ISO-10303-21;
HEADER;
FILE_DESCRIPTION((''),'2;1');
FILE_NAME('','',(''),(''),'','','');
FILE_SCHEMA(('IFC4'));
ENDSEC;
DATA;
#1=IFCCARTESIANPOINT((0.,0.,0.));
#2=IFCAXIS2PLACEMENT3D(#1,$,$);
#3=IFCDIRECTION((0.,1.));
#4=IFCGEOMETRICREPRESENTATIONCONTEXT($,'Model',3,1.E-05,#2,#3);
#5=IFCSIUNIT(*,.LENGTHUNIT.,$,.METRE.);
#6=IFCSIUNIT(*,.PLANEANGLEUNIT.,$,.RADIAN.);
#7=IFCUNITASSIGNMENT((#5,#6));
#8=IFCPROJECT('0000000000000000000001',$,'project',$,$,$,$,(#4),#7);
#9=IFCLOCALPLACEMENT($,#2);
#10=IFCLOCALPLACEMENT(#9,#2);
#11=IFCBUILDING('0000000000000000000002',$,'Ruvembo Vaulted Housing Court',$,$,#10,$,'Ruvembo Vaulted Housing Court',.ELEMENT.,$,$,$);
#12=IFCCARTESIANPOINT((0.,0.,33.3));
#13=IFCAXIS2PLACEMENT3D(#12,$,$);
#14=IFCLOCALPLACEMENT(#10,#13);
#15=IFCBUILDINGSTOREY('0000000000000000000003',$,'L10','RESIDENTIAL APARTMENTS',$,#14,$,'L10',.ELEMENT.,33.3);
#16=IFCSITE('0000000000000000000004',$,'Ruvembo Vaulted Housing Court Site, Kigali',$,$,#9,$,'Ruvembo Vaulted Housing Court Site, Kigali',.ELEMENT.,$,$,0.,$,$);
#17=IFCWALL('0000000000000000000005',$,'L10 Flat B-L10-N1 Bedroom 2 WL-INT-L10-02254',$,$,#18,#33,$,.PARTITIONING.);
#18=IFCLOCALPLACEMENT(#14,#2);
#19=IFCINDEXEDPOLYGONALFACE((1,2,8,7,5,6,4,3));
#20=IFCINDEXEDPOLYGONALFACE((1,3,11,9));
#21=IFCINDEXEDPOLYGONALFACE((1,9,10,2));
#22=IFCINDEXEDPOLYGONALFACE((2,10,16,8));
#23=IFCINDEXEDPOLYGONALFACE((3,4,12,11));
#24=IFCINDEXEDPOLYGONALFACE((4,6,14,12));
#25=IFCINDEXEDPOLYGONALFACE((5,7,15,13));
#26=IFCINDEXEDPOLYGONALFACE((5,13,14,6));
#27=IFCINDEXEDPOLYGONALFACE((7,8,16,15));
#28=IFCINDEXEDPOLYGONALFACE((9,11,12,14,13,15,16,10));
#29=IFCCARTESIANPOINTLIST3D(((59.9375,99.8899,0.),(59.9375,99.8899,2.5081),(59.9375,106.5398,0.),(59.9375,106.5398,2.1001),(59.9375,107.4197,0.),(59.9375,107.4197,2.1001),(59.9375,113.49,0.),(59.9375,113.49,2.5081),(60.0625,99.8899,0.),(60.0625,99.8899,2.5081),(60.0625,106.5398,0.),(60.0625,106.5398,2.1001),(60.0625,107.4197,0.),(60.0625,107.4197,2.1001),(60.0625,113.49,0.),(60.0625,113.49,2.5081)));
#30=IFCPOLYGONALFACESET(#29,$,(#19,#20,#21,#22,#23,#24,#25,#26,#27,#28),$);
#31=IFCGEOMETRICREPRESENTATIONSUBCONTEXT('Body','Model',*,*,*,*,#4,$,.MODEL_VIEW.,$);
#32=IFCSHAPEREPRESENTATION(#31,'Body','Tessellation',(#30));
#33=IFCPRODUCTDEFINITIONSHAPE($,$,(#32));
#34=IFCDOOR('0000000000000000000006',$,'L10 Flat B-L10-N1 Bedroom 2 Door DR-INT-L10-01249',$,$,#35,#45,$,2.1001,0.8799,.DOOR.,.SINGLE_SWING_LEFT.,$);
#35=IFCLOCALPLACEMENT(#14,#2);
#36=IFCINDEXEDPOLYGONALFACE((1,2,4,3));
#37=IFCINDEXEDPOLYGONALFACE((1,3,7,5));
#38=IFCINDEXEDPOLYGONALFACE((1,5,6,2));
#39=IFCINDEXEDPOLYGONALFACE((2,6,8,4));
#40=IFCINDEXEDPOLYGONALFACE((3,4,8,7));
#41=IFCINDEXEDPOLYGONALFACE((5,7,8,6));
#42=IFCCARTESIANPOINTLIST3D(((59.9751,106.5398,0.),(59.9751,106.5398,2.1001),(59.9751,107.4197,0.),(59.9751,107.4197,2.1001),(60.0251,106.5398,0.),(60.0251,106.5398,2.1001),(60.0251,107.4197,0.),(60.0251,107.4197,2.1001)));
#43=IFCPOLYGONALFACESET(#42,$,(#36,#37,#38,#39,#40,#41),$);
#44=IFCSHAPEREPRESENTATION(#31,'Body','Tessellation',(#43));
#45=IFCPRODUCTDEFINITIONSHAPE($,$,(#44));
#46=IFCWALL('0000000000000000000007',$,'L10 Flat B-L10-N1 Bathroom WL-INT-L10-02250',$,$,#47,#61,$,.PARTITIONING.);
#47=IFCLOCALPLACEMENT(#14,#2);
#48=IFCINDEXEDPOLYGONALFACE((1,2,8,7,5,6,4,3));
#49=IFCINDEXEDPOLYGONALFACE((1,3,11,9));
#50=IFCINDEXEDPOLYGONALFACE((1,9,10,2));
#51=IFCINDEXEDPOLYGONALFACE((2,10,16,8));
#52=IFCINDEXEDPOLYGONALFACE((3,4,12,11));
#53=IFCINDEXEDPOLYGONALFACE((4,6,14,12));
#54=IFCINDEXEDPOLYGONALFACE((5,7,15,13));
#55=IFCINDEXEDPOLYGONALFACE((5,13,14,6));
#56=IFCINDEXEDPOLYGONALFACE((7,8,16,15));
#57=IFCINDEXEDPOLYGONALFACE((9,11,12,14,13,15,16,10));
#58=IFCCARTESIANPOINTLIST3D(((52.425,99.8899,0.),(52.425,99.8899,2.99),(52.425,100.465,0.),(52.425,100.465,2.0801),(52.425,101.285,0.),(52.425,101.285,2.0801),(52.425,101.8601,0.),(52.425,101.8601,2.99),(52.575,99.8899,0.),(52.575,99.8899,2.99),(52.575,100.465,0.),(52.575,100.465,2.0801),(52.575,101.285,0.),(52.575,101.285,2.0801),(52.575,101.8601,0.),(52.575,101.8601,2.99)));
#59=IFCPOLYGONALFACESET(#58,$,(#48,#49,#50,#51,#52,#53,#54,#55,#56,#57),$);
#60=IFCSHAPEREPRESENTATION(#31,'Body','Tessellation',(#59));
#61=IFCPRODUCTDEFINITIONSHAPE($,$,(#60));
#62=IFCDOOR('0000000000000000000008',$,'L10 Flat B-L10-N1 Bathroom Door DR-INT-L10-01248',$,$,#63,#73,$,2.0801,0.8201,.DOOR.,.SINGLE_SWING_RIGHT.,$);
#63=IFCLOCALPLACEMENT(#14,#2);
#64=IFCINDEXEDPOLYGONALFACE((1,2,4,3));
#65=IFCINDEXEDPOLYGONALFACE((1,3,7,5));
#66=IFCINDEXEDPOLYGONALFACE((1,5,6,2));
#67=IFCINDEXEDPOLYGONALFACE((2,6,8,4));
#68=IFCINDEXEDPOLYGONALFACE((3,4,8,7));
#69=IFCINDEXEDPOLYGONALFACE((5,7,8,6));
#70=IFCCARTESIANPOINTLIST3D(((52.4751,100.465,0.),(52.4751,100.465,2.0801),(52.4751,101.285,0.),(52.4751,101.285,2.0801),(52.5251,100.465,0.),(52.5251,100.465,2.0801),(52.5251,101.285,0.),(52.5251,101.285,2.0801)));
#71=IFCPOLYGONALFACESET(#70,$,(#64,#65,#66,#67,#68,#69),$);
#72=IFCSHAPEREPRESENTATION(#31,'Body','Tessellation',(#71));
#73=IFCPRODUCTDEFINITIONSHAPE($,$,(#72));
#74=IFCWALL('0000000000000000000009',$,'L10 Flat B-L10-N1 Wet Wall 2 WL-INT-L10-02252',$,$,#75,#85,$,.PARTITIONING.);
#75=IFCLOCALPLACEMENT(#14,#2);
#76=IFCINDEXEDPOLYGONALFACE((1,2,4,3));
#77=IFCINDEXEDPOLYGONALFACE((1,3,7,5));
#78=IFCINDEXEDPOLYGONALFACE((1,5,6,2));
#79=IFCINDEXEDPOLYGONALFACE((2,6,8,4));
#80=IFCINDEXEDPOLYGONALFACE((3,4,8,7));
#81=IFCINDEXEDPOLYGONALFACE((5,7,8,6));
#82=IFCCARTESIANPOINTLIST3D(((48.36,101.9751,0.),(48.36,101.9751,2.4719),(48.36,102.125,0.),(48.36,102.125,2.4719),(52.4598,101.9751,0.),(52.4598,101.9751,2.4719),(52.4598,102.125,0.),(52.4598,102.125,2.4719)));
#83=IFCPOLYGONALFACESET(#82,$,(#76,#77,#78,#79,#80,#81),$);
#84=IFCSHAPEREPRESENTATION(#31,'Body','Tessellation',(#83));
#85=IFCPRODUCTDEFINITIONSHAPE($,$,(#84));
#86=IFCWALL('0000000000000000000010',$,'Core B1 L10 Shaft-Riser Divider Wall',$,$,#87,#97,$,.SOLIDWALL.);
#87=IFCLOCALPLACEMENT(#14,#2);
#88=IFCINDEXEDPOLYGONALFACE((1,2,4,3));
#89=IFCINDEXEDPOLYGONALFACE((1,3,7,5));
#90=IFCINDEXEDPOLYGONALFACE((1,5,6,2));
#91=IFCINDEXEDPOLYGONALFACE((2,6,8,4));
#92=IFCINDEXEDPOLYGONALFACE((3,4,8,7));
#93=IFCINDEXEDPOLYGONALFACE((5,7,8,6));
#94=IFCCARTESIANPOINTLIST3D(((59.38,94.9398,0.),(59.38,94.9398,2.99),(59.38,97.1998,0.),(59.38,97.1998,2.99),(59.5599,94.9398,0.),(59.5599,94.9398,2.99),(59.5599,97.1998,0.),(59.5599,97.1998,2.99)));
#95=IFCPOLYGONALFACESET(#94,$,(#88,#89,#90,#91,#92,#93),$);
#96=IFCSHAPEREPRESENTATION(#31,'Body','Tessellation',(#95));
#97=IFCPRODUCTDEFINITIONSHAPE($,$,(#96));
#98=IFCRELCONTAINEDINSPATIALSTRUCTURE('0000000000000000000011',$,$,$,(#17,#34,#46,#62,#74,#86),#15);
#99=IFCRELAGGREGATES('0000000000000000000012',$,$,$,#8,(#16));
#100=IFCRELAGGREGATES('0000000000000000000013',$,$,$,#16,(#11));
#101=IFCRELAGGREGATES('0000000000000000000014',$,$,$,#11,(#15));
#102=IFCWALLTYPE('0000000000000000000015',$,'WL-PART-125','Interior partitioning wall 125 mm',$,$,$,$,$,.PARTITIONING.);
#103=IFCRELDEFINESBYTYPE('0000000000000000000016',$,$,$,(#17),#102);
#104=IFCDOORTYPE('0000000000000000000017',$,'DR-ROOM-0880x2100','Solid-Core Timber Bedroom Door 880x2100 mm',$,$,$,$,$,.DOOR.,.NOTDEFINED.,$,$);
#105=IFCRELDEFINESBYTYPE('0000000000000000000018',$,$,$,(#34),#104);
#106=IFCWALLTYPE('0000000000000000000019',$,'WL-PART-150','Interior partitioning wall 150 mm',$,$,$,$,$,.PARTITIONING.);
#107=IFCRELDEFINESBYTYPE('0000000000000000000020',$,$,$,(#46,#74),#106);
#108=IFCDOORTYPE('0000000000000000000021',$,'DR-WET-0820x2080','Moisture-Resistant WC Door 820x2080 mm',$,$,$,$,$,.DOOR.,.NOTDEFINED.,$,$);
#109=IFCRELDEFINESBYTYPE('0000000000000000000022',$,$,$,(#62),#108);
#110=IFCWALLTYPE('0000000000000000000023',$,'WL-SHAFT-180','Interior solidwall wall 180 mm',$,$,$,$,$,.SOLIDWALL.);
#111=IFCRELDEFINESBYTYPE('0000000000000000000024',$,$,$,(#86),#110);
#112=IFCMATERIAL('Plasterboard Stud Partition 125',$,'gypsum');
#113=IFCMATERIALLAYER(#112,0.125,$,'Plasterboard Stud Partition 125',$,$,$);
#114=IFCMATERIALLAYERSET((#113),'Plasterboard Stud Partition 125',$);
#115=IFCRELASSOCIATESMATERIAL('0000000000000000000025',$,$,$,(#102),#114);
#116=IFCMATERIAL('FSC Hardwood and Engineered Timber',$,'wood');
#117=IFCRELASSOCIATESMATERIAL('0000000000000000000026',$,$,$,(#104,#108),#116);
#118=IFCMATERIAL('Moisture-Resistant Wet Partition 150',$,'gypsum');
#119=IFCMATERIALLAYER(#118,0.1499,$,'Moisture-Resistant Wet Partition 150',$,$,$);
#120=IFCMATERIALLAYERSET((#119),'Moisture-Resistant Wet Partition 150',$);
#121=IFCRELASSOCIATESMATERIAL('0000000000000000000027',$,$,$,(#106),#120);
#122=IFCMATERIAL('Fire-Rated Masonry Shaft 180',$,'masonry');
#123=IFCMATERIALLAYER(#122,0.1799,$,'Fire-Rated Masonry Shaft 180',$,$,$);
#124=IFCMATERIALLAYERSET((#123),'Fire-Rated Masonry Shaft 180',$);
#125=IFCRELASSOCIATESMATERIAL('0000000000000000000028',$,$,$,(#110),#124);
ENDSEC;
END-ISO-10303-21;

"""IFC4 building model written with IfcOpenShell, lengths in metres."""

from ifc_helpers import new_model, si_unit, direction, frame, frame_2d, origin, place, context, subcontext, project, spatial, rectangle, extrude, material, layer, layer_set, type_object, element, fill, save


model = new_model("IFC4")

# Units and contexts
model_context = context("Model", 3, precision=1e-05, world=origin(), true_north=direction((0.0, 1.0)))
body_context = subcontext(model_context, "Body", "Model", "MODEL_VIEW")
ifc_project = project(units=[si_unit("LENGTHUNIT", "METRE"), si_unit("PLANEANGLEUNIT", "RADIAN")], contexts=[model_context])

# Site, building, storey
site_placement = place(None, origin())
site = spatial("IfcSite", under=ifc_project, at=site_placement, Name="Ruvembo Vaulted Housing Court Site, Kigali", LongName="Ruvembo Vaulted Housing Court Site, Kigali", CompositionType="ELEMENT", RefElevation=0.0)
building_placement = place(site_placement, origin())
building = spatial("IfcBuilding", under=site, at=building_placement, Name="Ruvembo Vaulted Housing Court", LongName="Ruvembo Vaulted Housing Court", CompositionType="ELEMENT")
storey_placement = place(building_placement, frame((0.0, 0.0, 33.3)))
storey = spatial("IfcBuildingStorey", under=building, at=storey_placement, Name="L10", Description="RESIDENTIAL APARTMENTS", LongName="L10", CompositionType="ELEMENT", Elevation=33.3)

# Shared definitions
ifc_material_1 = material(Name="FSC Hardwood and Engineered Timber", Category="wood")

# Walls, openings, doors
ifc_material_2 = material(Name="Plasterboard Stud Partition 125", Category="gypsum")
ifc_layer_1 = layer(ifc_material_2, 0.125, Name="Plasterboard Stud Partition 125")
ifc_layer_set_1 = layer_set([ifc_layer_1], Name="Plasterboard Stud Partition 125")
wall_type_1 = type_object("IfcWallType", Name="WL-PART-125", Description="Interior partitioning wall 125 mm", PredefinedType="PARTITIONING", material=ifc_layer_set_1)
wall_1_placement = place(storey_placement, frame((60.0, 99.8899, 0.0), z_axis=(0.0, 0.0, 1.0), x_axis=(0.0, 1.0, 0.0)))
wall_1 = element("IfcWall", 1, at=wall_1_placement, inside=storey, type_object=wall_type_1, Name="L10 Flat B-L10-N1 Bedroom 2 WL-INT-L10-02254", PredefinedType="PARTITIONING", context=body_context, shape_type="SweptSolid", body=[
    extrude(rectangle(XDim=13.6001, YDim=0.125, at=frame_2d((6.8, 0.0))), origin(), (0.0, 0.0, 1.0), 2.5081),
])
opening_1_placement = place(wall_1_placement, frame((6.6499, 0.0, 0.0)))
opening_1 = element("IfcOpeningElement", 2, at=opening_1_placement, cuts=wall_1, PredefinedType="OPENING", context=body_context, shape_type="SweptSolid", body=[
    extrude(rectangle(XDim=0.8799, YDim=2.1001, at=frame_2d((0.4399, 1.05))), frame((0.0, 0.0725, 0.0), z_axis=(0.0, -1.0, 0.0), x_axis=(1.0, 0.0, 0.0)), (0.0, 0.0, 1.0), 0.145),
])
door_type_1 = type_object("IfcDoorType", Name="DR-ROOM-0880x2100", Description="Solid-Core Timber Bedroom Door 880x2100 mm", OperationType="NOTDEFINED", PredefinedType="DOOR", material=ifc_material_1)
door_1_placement = place(opening_1_placement, origin())
door_1 = element("IfcDoor", 3, at=door_1_placement, inside=storey, type_object=door_type_1, Name="L10 Flat B-L10-N1 Bedroom 2 Door DR-INT-L10-01249", OperationType="SINGLE_SWING_LEFT", OverallHeight=2.1001, OverallWidth=0.8799, PredefinedType="DOOR", context=body_context, shape_type="SweptSolid", body=[
    extrude(rectangle(XDim=0.8799, YDim=2.1001, at=frame_2d((0.4399, 1.05))), frame((0.0, 0.0249, 0.0), z_axis=(0.0, -1.0, 0.0), x_axis=(1.0, 0.0, 0.0)), (0.0, 0.0, 1.0), 0.05),
])
fill(opening_1, door_1)
ifc_material_3 = material(Name="Moisture-Resistant Wet Partition 150", Category="gypsum")
ifc_layer_2 = layer(ifc_material_3, 0.1499, Name="Moisture-Resistant Wet Partition 150")
ifc_layer_set_2 = layer_set([ifc_layer_2], Name="Moisture-Resistant Wet Partition 150")
wall_type_2 = type_object("IfcWallType", Name="WL-PART-150", Description="Interior partitioning wall 150 mm", PredefinedType="PARTITIONING", material=ifc_layer_set_2)
wall_2_placement = place(storey_placement, frame((52.5, 99.8899, 0.0), z_axis=(0.0, 0.0, 1.0), x_axis=(0.0, 1.0, 0.0)))
wall_2 = element("IfcWall", 4, at=wall_2_placement, inside=storey, type_object=wall_type_2, Name="L10 Flat B-L10-N1 Bathroom WL-INT-L10-02250", PredefinedType="PARTITIONING", context=body_context, shape_type="SweptSolid", body=[
    extrude(rectangle(XDim=1.9702, YDim=0.1499, at=frame_2d((0.9851, 0.0))), origin(), (0.0, 0.0, 1.0), 2.99),
])
opening_2_placement = place(wall_2_placement, frame((0.575, 0.0, 0.0)))
opening_2 = element("IfcOpeningElement", 5, at=opening_2_placement, cuts=wall_2, PredefinedType="OPENING", context=body_context, shape_type="SweptSolid", body=[
    extrude(rectangle(XDim=0.8201, YDim=2.0801, at=frame_2d((0.4102, 1.04))), frame((0.0, 0.085, 0.0), z_axis=(0.0, -1.0, 0.0), x_axis=(1.0, 0.0, 0.0)), (0.0, 0.0, 1.0), 0.1699),
])
door_type_2 = type_object("IfcDoorType", Name="DR-WET-0820x2080", Description="Moisture-Resistant WC Door 820x2080 mm", OperationType="NOTDEFINED", PredefinedType="DOOR", material=ifc_material_1)
door_2_placement = place(opening_2_placement, origin())
door_2 = element("IfcDoor", 6, at=door_2_placement, inside=storey, type_object=door_type_2, Name="L10 Flat B-L10-N1 Bathroom Door DR-INT-L10-01248", OperationType="SINGLE_SWING_RIGHT", OverallHeight=2.0801, OverallWidth=0.8201, PredefinedType="DOOR", context=body_context, shape_type="SweptSolid", body=[
    extrude(rectangle(XDim=0.8201, YDim=2.0801, at=frame_2d((0.4102, 1.04))), frame((0.0, 0.0249, 0.0), z_axis=(0.0, -1.0, 0.0), x_axis=(1.0, 0.0, 0.0)), (0.0, 0.0, 1.0), 0.05),
])
fill(opening_2, door_2)

# Wall
wall_3_placement = place(storey_placement, frame((48.3601, 102.05, 0.0), z_axis=(0.0, 0.0, 1.0), x_axis=(1.0, 0.0, 0.0)))
element("IfcWall", 7, at=wall_3_placement, inside=storey, type_object=wall_type_2, Name="L10 Flat B-L10-N1 Wet Wall 2 WL-INT-L10-02252", PredefinedType="PARTITIONING", context=body_context, shape_type="SweptSolid", body=[
    extrude(rectangle(XDim=4.0999, YDim=0.1499, at=frame_2d((2.0498, 0.0))), origin(), (0.0, 0.0, 1.0), 2.4719),
])

# Shared definitions
ifc_material_4 = material(Name="Fire-Rated Masonry Shaft 180", Category="masonry")
ifc_layer_3 = layer(ifc_material_4, 0.1799, Name="Fire-Rated Masonry Shaft 180")
ifc_layer_set_3 = layer_set([ifc_layer_3], Name="Fire-Rated Masonry Shaft 180")
wall_type_3 = type_object("IfcWallType", Name="WL-SHAFT-180", Description="Interior solidwall wall 180 mm", PredefinedType="SOLIDWALL", material=ifc_layer_set_3)

# Wall
wall_4_placement = place(storey_placement, frame((59.47, 94.9399, 0.0), z_axis=(0.0, 0.0, 1.0), x_axis=(0.0, 1.0, 0.0)))
element("IfcWall", 8, at=wall_4_placement, inside=storey, type_object=wall_type_3, Name="Core B1 L10 Shaft-Riser Divider Wall", PredefinedType="SOLIDWALL", context=body_context, shape_type="SweptSolid", body=[
    extrude(rectangle(XDim=2.26, YDim=0.1799, at=frame_2d((1.1299, 0.0))), origin(), (0.0, 0.0, 1.0), 2.99),
])

save(model, "model.ifc")
